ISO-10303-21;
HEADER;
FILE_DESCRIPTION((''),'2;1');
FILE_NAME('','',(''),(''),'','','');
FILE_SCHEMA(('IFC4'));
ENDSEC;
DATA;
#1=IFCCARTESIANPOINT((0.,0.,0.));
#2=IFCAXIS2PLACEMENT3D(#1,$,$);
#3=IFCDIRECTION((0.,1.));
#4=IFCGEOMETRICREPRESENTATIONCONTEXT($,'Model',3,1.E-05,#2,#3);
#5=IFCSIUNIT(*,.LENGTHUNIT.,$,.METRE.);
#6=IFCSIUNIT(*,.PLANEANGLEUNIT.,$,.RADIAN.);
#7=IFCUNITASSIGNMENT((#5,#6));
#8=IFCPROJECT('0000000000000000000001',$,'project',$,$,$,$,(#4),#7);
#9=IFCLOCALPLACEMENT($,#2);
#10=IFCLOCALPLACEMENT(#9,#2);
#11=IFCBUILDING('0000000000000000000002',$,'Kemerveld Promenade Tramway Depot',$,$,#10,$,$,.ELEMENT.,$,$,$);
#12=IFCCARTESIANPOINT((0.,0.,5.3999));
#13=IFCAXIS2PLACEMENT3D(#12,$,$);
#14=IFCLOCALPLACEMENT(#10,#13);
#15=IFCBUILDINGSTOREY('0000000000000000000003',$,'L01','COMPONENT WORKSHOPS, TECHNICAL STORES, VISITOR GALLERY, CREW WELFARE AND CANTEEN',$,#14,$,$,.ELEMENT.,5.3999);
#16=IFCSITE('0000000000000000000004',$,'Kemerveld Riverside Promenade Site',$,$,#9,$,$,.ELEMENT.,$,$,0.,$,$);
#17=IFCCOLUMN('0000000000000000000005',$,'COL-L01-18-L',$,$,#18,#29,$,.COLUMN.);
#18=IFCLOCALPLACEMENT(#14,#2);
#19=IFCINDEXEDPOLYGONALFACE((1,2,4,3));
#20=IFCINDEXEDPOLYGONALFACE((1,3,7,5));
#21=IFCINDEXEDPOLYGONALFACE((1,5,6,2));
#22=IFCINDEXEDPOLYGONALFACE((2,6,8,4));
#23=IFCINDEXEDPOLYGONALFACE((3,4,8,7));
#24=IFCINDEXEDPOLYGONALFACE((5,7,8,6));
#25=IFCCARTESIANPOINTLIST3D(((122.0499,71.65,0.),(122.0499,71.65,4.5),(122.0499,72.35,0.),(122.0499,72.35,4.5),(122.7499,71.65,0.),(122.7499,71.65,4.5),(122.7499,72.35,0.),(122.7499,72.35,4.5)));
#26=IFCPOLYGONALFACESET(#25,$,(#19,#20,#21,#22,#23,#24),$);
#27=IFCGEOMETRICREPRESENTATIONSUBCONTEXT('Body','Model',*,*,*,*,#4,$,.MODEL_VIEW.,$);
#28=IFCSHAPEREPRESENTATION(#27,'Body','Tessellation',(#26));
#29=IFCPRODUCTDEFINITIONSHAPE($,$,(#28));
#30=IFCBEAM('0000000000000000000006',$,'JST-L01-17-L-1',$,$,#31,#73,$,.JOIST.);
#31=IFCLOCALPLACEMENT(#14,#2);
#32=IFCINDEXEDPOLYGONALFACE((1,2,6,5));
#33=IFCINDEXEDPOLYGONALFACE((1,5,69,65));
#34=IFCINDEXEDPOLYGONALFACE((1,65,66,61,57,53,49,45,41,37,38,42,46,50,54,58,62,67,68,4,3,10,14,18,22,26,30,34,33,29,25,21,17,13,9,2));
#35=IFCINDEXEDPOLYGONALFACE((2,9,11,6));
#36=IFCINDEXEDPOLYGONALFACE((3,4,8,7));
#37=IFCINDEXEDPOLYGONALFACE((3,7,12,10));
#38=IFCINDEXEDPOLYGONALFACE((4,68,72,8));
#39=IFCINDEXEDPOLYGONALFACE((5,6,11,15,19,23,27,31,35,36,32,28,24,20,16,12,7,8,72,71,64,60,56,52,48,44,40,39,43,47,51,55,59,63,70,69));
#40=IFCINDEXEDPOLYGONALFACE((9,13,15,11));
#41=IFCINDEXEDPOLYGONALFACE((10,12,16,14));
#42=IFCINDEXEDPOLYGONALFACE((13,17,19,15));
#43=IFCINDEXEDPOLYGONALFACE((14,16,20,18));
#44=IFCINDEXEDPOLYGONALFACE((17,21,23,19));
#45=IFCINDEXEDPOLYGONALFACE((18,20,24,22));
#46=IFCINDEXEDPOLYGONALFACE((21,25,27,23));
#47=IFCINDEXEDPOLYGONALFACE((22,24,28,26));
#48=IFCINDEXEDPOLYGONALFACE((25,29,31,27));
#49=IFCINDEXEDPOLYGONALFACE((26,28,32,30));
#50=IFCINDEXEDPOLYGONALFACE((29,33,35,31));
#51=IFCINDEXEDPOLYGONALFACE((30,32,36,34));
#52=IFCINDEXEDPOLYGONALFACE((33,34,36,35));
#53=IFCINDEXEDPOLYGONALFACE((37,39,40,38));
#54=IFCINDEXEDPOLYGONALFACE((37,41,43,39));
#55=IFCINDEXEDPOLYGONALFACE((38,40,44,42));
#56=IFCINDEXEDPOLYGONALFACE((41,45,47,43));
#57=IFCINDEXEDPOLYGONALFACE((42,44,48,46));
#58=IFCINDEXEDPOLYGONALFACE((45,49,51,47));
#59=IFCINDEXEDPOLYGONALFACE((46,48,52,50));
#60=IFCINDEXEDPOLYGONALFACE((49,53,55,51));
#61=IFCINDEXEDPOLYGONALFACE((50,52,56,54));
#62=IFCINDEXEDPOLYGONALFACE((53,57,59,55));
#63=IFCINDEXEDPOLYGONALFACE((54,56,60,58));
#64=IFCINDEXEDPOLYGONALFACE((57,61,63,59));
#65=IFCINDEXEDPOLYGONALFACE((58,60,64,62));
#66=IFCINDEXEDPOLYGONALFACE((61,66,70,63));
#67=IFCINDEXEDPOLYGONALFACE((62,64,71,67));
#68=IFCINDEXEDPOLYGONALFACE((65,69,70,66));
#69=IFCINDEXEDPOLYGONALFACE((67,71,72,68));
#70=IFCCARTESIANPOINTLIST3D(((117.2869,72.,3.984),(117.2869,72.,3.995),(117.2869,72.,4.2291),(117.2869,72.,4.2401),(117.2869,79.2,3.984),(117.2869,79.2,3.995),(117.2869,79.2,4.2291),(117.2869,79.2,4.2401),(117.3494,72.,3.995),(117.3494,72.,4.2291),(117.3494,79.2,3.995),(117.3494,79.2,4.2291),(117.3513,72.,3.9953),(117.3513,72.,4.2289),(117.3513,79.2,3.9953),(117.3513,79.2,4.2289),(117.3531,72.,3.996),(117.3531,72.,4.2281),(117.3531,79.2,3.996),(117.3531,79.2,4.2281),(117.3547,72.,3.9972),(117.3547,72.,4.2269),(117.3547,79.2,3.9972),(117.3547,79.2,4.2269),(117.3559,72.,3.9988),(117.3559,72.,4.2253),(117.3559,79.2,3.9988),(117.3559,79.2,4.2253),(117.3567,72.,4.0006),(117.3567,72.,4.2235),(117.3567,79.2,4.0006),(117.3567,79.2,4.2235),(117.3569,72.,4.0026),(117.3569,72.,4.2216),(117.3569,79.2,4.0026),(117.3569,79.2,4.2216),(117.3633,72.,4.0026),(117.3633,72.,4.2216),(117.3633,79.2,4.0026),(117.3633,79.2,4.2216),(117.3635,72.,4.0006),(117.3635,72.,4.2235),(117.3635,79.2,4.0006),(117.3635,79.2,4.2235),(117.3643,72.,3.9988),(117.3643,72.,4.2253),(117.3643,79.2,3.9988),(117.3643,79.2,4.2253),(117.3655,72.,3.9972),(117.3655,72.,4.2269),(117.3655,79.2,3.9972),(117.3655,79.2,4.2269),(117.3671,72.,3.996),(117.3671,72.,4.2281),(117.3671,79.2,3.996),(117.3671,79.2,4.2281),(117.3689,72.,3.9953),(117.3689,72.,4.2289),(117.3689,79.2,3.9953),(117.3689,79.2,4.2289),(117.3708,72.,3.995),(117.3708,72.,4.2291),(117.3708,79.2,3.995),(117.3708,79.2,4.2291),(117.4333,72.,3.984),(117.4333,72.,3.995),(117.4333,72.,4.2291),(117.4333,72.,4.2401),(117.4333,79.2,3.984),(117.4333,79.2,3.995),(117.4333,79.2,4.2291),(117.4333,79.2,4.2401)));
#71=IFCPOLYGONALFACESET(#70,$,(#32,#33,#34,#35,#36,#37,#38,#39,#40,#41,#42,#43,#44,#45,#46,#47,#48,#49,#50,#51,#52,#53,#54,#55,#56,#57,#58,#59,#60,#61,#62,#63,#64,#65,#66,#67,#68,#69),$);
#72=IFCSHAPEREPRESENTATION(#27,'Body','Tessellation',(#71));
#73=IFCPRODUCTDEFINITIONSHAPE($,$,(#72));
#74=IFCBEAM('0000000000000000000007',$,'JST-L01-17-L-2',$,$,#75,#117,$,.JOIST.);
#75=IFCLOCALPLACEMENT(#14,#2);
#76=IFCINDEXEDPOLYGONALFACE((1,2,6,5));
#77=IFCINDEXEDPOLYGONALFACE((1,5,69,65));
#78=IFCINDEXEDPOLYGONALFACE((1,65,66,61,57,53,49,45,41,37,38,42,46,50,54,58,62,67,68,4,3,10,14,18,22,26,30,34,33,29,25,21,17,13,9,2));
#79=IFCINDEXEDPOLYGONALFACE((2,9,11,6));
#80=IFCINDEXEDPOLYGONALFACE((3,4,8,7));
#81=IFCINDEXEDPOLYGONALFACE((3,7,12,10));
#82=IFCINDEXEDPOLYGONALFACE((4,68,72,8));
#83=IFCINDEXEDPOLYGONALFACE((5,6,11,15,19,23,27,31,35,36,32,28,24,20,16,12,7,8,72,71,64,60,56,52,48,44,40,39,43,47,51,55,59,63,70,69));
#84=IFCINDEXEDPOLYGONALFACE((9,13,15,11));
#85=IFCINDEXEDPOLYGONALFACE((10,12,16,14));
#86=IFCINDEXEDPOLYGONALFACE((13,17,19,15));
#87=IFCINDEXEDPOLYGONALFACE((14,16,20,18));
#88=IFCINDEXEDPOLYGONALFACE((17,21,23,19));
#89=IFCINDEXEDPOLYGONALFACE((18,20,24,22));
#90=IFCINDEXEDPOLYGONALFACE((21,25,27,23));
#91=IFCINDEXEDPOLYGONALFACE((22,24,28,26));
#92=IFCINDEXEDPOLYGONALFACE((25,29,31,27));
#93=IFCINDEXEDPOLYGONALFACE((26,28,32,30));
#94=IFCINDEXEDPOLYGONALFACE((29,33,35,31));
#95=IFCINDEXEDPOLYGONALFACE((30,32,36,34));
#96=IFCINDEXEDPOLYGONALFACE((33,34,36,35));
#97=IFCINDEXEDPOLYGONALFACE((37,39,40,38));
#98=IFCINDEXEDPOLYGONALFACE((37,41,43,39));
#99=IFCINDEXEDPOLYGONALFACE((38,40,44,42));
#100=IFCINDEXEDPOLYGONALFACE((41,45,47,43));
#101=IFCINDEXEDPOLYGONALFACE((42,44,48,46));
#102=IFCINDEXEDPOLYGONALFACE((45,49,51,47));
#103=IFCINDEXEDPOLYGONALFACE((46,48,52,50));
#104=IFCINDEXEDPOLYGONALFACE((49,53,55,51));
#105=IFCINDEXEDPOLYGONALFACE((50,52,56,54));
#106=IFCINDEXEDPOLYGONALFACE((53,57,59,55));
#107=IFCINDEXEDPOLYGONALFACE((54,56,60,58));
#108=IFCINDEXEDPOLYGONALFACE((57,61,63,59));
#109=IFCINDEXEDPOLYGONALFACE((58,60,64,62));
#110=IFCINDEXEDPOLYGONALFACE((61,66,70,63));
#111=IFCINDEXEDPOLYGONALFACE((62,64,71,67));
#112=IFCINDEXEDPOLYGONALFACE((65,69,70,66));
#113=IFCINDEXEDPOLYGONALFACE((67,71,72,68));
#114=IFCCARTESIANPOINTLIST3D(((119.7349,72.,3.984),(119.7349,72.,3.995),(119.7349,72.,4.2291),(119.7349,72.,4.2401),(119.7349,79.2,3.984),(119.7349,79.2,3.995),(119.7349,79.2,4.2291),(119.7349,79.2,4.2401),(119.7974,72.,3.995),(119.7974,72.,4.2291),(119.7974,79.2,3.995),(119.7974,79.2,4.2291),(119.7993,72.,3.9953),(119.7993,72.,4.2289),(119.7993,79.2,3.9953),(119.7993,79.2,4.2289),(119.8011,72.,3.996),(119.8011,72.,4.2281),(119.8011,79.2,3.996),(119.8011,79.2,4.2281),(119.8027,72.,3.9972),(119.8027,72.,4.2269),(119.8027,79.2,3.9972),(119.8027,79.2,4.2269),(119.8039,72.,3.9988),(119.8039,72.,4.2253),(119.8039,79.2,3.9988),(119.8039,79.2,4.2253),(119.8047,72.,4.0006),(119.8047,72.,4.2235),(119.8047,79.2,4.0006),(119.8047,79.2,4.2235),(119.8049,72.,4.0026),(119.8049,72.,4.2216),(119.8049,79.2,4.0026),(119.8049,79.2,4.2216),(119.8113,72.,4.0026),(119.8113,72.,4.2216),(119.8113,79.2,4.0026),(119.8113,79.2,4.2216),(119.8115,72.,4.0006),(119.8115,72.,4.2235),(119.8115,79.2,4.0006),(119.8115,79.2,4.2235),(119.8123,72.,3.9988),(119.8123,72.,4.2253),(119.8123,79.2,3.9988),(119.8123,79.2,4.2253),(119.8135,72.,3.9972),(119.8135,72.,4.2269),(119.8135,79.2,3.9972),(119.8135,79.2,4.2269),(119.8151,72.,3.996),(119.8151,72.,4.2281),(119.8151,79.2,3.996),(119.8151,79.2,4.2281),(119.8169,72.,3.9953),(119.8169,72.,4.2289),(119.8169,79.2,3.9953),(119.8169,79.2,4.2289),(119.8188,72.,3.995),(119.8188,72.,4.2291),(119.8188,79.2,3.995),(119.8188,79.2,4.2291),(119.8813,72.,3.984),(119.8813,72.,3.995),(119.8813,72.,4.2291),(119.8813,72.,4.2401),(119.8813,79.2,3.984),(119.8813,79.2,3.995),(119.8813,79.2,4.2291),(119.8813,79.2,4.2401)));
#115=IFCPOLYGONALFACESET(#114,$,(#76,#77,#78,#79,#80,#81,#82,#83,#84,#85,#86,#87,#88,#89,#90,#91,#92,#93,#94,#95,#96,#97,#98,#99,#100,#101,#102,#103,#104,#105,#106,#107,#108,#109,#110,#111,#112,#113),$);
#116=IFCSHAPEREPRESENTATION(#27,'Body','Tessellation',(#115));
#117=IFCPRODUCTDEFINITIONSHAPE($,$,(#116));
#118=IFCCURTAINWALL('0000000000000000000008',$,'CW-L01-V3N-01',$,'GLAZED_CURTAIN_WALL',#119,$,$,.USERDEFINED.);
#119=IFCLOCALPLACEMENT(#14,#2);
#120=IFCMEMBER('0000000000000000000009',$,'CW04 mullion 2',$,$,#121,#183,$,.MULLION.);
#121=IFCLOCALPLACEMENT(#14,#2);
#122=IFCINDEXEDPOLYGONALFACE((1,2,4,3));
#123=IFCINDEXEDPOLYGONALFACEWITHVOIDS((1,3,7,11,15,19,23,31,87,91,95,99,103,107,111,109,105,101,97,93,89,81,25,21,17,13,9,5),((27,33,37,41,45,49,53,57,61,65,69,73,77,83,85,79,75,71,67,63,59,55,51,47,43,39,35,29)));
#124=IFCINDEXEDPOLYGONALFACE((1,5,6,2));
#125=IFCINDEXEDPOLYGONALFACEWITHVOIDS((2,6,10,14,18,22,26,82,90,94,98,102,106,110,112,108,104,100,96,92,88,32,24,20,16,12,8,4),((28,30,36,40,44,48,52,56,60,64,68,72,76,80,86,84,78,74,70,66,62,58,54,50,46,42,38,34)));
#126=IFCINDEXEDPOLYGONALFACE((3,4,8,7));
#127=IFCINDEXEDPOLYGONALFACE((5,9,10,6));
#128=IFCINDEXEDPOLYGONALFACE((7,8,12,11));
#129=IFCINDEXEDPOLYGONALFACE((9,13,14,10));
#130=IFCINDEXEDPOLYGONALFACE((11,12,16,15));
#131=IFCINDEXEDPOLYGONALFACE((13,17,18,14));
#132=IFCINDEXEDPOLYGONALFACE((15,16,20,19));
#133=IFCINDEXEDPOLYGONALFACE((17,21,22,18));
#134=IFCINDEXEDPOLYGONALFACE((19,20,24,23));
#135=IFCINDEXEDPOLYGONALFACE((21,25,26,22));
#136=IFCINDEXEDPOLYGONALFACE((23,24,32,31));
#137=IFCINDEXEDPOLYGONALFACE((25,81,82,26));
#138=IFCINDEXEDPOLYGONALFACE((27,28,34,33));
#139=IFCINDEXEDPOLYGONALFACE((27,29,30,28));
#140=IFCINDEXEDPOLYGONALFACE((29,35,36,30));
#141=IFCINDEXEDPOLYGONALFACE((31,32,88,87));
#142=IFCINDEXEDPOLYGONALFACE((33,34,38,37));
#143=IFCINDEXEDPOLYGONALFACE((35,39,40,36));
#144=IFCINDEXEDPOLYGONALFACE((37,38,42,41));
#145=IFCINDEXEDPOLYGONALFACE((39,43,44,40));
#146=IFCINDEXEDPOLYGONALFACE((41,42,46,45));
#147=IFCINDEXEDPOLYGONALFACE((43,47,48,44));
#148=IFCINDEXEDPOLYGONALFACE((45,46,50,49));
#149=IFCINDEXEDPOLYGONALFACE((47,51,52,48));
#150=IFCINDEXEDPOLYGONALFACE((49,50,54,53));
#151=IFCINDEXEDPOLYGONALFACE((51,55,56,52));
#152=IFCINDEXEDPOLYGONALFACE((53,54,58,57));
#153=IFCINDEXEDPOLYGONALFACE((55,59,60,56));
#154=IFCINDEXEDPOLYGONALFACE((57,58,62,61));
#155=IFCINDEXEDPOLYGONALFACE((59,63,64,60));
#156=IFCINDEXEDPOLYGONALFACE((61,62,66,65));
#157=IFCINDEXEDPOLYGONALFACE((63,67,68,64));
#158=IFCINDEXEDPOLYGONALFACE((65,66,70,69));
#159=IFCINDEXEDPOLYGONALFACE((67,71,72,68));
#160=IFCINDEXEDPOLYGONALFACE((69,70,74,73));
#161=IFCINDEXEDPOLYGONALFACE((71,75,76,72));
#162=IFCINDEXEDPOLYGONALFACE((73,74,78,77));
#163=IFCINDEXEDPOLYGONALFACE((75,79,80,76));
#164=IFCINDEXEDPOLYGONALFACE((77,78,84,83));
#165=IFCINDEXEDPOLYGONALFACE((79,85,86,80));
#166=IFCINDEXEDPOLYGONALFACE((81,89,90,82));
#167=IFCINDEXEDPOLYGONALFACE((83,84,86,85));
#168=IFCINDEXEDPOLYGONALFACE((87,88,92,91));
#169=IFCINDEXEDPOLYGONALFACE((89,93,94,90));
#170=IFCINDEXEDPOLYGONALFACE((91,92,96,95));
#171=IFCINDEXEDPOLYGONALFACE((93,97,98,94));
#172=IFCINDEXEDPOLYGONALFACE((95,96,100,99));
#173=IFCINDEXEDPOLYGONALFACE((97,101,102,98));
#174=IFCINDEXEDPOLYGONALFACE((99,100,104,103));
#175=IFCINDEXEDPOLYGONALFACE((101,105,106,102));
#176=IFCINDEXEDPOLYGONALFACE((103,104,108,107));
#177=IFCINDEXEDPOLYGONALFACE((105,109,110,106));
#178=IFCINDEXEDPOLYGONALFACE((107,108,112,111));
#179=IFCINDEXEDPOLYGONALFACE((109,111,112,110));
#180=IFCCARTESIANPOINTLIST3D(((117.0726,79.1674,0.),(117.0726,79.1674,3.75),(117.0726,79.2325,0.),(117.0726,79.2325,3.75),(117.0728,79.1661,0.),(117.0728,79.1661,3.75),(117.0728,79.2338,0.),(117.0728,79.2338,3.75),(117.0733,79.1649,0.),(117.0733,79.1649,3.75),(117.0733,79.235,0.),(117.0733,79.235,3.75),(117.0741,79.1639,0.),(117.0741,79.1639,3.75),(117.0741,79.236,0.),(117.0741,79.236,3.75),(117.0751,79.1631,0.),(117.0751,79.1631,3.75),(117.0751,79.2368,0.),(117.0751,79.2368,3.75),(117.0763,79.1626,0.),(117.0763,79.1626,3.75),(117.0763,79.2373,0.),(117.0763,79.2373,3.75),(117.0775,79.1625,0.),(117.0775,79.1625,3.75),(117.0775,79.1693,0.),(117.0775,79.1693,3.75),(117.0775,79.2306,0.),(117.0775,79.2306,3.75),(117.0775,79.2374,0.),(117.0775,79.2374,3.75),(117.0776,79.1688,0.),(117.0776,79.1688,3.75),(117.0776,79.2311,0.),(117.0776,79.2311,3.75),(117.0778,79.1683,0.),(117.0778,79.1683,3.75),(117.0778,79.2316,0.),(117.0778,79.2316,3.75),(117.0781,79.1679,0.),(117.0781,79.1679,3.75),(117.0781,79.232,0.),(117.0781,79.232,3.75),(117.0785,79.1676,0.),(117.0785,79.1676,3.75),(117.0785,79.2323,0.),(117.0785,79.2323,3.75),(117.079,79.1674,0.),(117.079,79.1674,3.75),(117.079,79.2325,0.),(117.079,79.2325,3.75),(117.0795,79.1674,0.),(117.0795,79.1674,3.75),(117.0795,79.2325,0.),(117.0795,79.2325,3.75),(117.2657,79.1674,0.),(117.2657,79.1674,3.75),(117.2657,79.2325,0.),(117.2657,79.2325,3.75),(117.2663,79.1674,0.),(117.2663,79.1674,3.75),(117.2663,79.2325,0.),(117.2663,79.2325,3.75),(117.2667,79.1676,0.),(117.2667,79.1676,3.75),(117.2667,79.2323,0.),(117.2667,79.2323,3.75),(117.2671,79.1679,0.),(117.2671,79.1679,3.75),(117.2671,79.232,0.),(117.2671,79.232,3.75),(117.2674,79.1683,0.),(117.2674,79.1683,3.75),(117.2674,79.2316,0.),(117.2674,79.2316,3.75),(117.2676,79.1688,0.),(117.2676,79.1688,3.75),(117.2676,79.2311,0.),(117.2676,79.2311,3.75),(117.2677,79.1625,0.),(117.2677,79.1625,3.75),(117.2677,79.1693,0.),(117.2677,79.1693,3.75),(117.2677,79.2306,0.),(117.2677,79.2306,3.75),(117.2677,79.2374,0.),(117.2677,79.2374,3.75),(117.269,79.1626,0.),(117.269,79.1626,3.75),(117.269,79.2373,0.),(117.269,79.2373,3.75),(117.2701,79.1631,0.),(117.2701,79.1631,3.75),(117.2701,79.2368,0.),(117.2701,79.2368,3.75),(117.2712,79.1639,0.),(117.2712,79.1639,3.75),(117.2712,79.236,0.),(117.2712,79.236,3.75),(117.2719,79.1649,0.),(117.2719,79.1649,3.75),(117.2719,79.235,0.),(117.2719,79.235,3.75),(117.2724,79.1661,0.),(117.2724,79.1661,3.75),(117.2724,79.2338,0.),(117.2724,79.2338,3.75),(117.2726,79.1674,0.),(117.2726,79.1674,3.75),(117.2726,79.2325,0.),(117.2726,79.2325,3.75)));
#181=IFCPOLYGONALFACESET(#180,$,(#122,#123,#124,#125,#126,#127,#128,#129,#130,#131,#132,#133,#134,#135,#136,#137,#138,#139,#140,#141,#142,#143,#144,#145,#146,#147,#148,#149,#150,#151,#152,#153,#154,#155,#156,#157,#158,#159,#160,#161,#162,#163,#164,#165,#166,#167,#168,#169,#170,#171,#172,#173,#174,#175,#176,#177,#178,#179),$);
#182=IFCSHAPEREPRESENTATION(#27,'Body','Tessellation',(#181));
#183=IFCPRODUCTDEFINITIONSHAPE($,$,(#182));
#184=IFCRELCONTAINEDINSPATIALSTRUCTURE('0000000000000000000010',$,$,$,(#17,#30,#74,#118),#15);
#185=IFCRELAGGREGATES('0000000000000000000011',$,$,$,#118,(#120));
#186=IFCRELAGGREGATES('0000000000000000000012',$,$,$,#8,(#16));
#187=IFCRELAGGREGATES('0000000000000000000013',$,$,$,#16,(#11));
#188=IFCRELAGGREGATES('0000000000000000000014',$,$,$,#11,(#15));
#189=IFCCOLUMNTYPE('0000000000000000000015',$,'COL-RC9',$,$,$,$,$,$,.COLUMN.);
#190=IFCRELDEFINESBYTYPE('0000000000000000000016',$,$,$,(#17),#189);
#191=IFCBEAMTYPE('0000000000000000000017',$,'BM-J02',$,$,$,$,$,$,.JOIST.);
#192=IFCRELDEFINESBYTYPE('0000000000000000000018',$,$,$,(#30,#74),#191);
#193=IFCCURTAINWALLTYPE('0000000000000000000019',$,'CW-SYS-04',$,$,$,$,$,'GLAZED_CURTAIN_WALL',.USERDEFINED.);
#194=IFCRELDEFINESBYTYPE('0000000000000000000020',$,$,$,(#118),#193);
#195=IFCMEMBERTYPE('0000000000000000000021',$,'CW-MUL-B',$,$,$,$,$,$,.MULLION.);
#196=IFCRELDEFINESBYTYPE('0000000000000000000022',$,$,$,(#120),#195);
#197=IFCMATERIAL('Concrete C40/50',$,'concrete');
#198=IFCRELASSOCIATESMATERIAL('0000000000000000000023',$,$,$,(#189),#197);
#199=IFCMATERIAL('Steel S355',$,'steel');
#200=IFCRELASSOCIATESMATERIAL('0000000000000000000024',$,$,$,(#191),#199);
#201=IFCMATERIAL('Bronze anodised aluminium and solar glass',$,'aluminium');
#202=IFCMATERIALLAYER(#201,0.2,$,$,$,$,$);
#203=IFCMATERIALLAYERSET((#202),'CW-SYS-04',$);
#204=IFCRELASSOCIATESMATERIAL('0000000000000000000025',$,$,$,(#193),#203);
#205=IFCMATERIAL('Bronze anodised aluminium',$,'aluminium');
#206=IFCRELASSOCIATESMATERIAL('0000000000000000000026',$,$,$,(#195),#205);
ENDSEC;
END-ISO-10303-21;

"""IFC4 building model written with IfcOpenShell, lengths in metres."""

from ifc_helpers import new_model, si_unit, direction, frame, origin, origin_2d, place, context, subcontext, project, spatial, rectangle, hollow_rectangle, i_section, extrude, material, layer, layer_set, material_profile, profile_set, type_object, element, aggregate, save


model = new_model("IFC4")

# Units and contexts
model_context = context("Model", 3, precision=1e-05, world=origin(), true_north=direction((0.0, 1.0)))
body_context = subcontext(model_context, "Body", "Model", "MODEL_VIEW")
ifc_project = project(units=[si_unit("LENGTHUNIT", "METRE"), si_unit("PLANEANGLEUNIT", "RADIAN")], contexts=[model_context])

# Site, building, storey
site_placement = place(None, origin())
site = spatial("IfcSite", under=ifc_project, at=site_placement, Name="Kemerveld Riverside Promenade Site", CompositionType="ELEMENT", RefElevation=0.0)
building_placement = place(site_placement, origin())
building = spatial("IfcBuilding", under=site, at=building_placement, Name="Kemerveld Promenade Tramway Depot", CompositionType="ELEMENT")
storey_placement = place(building_placement, frame((0.0, 0.0, 5.3999)))
storey = spatial("IfcBuildingStorey", under=building, at=storey_placement, Name="L01", Description="COMPONENT WORKSHOPS, TECHNICAL STORES, VISITOR GALLERY, CREW WELFARE AND CANTEEN", CompositionType="ELEMENT", Elevation=5.3999)

# Column
ifc_material_1 = material(Name="Concrete C40/50", Category="concrete")
ifc_material_profile_1 = material_profile(ifc_material_1, rectangle(XDim=0.7, YDim=0.7, at=origin_2d()), Name="RC-COL-700x700")
ifc_profile_set_1 = profile_set([ifc_material_profile_1], Name="Concrete C40/50")
column_type = type_object("IfcColumnType", Name="COL-RC9", PredefinedType="COLUMN", material=ifc_profile_set_1)
column_placement = place(storey_placement, frame((122.3999, 72.0, 0.0), z_axis=(0.0, 0.0, 1.0), x_axis=(1.0, 0.0, 0.0)))
element("IfcColumn", 1, at=column_placement, inside=storey, type_object=column_type, Name="COL-L01-18-L", PredefinedType="COLUMN", context=body_context, shape_type="SweptSolid", body=[
    extrude(rectangle(XDim=0.7, YDim=0.7, at=origin_2d()), origin(), (0.0, 0.0, 1.0), 4.5),
])

# Beams
ifc_material_2 = material(Name="Steel S355", Category="steel")
ifc_material_profile_2 = material_profile(ifc_material_2, i_section(OverallWidth=0.1465, OverallDepth=0.2561, WebThickness=0.0063, FlangeThickness=0.011, FilletRadius=0.0076, at=origin_2d()), Name="254x146x37 UB")
ifc_profile_set_2 = profile_set([ifc_material_profile_2], Name="Steel S355")
beam_type = type_object("IfcBeamType", Name="BM-J02", PredefinedType="JOIST", material=ifc_profile_set_2)
for number, where, z_axis, x_axis, name in (
    (2, (117.3601, 72.0, 4.1121), (0.0, 1.0, 0.0), (-1.0, 0.0, 0.0), "JST-L01-17-L-1"),
    (3, (119.8081, 72.0, 4.1121), (0.0, 1.0, 0.0), (-1.0, 0.0, 0.0), "JST-L01-17-L-2"),
):
    element("IfcBeam", number, at=place(storey_placement, frame(where, z_axis=z_axis, x_axis=x_axis)), inside=storey, type_object=beam_type, Name=name, PredefinedType="JOIST", context=body_context, shape_type="SweptSolid", body=[
        extrude(i_section(OverallWidth=0.1465, OverallDepth=0.2561, WebThickness=0.0063, FlangeThickness=0.011, FilletRadius=0.0076, at=origin_2d()), origin(), (0.0, 0.0, 1.0), 7.2),
    ])

# Curtain wall, member
ifc_material_3 = material(Name="Bronze anodised aluminium and solar glass", Category="aluminium")
ifc_layer_1 = layer(ifc_material_3, 0.2)
ifc_layer_set_1 = layer_set([ifc_layer_1], Name="CW-SYS-04")
curtain_wall_type = type_object("IfcCurtainWallType", Name="CW-SYS-04", ElementType="GLAZED_CURTAIN_WALL", PredefinedType="USERDEFINED", material=ifc_layer_set_1)
curtain_wall_placement = place(storey_placement, origin())
curtain_wall = element("IfcCurtainWall", 4, at=curtain_wall_placement, inside=storey, type_object=curtain_wall_type, Name="CW-L01-V3N-01", ObjectType="GLAZED_CURTAIN_WALL", PredefinedType="USERDEFINED")
ifc_material_4 = material(Name="Bronze anodised aluminium", Category="aluminium")
ifc_material_profile_3 = material_profile(ifc_material_4, hollow_rectangle(XDim=0.075, YDim=0.2, WallThickness=0.0049, InnerFilletRadius=0.002, OuterFilletRadius=0.0049, at=origin_2d()), Name="CW-MUL-200x75")
ifc_profile_set_3 = profile_set([ifc_material_profile_3], Name="Bronze anodised aluminium")
member_type_1 = type_object("IfcMemberType", Name="CW-MUL-B", PredefinedType="MULLION", material=ifc_profile_set_3)
member_1_placement = place(storey_placement, frame((117.1726, 79.2, 0.0), z_axis=(0.0, 0.0, 1.0), x_axis=(0.0, 1.0, 0.0)))
member_1 = element("IfcMember", 5, at=member_1_placement, type_object=member_type_1, Name="CW04 mullion 2", PredefinedType="MULLION", context=body_context, shape_type="SweptSolid", body=[
    extrude(hollow_rectangle(XDim=0.075, YDim=0.2, WallThickness=0.0049, InnerFilletRadius=0.002, OuterFilletRadius=0.0049, at=origin_2d()), origin(), (0.0, 0.0, 1.0), 3.75),
])
aggregate(curtain_wall, [member_1])

save(model, "model.ifc")
